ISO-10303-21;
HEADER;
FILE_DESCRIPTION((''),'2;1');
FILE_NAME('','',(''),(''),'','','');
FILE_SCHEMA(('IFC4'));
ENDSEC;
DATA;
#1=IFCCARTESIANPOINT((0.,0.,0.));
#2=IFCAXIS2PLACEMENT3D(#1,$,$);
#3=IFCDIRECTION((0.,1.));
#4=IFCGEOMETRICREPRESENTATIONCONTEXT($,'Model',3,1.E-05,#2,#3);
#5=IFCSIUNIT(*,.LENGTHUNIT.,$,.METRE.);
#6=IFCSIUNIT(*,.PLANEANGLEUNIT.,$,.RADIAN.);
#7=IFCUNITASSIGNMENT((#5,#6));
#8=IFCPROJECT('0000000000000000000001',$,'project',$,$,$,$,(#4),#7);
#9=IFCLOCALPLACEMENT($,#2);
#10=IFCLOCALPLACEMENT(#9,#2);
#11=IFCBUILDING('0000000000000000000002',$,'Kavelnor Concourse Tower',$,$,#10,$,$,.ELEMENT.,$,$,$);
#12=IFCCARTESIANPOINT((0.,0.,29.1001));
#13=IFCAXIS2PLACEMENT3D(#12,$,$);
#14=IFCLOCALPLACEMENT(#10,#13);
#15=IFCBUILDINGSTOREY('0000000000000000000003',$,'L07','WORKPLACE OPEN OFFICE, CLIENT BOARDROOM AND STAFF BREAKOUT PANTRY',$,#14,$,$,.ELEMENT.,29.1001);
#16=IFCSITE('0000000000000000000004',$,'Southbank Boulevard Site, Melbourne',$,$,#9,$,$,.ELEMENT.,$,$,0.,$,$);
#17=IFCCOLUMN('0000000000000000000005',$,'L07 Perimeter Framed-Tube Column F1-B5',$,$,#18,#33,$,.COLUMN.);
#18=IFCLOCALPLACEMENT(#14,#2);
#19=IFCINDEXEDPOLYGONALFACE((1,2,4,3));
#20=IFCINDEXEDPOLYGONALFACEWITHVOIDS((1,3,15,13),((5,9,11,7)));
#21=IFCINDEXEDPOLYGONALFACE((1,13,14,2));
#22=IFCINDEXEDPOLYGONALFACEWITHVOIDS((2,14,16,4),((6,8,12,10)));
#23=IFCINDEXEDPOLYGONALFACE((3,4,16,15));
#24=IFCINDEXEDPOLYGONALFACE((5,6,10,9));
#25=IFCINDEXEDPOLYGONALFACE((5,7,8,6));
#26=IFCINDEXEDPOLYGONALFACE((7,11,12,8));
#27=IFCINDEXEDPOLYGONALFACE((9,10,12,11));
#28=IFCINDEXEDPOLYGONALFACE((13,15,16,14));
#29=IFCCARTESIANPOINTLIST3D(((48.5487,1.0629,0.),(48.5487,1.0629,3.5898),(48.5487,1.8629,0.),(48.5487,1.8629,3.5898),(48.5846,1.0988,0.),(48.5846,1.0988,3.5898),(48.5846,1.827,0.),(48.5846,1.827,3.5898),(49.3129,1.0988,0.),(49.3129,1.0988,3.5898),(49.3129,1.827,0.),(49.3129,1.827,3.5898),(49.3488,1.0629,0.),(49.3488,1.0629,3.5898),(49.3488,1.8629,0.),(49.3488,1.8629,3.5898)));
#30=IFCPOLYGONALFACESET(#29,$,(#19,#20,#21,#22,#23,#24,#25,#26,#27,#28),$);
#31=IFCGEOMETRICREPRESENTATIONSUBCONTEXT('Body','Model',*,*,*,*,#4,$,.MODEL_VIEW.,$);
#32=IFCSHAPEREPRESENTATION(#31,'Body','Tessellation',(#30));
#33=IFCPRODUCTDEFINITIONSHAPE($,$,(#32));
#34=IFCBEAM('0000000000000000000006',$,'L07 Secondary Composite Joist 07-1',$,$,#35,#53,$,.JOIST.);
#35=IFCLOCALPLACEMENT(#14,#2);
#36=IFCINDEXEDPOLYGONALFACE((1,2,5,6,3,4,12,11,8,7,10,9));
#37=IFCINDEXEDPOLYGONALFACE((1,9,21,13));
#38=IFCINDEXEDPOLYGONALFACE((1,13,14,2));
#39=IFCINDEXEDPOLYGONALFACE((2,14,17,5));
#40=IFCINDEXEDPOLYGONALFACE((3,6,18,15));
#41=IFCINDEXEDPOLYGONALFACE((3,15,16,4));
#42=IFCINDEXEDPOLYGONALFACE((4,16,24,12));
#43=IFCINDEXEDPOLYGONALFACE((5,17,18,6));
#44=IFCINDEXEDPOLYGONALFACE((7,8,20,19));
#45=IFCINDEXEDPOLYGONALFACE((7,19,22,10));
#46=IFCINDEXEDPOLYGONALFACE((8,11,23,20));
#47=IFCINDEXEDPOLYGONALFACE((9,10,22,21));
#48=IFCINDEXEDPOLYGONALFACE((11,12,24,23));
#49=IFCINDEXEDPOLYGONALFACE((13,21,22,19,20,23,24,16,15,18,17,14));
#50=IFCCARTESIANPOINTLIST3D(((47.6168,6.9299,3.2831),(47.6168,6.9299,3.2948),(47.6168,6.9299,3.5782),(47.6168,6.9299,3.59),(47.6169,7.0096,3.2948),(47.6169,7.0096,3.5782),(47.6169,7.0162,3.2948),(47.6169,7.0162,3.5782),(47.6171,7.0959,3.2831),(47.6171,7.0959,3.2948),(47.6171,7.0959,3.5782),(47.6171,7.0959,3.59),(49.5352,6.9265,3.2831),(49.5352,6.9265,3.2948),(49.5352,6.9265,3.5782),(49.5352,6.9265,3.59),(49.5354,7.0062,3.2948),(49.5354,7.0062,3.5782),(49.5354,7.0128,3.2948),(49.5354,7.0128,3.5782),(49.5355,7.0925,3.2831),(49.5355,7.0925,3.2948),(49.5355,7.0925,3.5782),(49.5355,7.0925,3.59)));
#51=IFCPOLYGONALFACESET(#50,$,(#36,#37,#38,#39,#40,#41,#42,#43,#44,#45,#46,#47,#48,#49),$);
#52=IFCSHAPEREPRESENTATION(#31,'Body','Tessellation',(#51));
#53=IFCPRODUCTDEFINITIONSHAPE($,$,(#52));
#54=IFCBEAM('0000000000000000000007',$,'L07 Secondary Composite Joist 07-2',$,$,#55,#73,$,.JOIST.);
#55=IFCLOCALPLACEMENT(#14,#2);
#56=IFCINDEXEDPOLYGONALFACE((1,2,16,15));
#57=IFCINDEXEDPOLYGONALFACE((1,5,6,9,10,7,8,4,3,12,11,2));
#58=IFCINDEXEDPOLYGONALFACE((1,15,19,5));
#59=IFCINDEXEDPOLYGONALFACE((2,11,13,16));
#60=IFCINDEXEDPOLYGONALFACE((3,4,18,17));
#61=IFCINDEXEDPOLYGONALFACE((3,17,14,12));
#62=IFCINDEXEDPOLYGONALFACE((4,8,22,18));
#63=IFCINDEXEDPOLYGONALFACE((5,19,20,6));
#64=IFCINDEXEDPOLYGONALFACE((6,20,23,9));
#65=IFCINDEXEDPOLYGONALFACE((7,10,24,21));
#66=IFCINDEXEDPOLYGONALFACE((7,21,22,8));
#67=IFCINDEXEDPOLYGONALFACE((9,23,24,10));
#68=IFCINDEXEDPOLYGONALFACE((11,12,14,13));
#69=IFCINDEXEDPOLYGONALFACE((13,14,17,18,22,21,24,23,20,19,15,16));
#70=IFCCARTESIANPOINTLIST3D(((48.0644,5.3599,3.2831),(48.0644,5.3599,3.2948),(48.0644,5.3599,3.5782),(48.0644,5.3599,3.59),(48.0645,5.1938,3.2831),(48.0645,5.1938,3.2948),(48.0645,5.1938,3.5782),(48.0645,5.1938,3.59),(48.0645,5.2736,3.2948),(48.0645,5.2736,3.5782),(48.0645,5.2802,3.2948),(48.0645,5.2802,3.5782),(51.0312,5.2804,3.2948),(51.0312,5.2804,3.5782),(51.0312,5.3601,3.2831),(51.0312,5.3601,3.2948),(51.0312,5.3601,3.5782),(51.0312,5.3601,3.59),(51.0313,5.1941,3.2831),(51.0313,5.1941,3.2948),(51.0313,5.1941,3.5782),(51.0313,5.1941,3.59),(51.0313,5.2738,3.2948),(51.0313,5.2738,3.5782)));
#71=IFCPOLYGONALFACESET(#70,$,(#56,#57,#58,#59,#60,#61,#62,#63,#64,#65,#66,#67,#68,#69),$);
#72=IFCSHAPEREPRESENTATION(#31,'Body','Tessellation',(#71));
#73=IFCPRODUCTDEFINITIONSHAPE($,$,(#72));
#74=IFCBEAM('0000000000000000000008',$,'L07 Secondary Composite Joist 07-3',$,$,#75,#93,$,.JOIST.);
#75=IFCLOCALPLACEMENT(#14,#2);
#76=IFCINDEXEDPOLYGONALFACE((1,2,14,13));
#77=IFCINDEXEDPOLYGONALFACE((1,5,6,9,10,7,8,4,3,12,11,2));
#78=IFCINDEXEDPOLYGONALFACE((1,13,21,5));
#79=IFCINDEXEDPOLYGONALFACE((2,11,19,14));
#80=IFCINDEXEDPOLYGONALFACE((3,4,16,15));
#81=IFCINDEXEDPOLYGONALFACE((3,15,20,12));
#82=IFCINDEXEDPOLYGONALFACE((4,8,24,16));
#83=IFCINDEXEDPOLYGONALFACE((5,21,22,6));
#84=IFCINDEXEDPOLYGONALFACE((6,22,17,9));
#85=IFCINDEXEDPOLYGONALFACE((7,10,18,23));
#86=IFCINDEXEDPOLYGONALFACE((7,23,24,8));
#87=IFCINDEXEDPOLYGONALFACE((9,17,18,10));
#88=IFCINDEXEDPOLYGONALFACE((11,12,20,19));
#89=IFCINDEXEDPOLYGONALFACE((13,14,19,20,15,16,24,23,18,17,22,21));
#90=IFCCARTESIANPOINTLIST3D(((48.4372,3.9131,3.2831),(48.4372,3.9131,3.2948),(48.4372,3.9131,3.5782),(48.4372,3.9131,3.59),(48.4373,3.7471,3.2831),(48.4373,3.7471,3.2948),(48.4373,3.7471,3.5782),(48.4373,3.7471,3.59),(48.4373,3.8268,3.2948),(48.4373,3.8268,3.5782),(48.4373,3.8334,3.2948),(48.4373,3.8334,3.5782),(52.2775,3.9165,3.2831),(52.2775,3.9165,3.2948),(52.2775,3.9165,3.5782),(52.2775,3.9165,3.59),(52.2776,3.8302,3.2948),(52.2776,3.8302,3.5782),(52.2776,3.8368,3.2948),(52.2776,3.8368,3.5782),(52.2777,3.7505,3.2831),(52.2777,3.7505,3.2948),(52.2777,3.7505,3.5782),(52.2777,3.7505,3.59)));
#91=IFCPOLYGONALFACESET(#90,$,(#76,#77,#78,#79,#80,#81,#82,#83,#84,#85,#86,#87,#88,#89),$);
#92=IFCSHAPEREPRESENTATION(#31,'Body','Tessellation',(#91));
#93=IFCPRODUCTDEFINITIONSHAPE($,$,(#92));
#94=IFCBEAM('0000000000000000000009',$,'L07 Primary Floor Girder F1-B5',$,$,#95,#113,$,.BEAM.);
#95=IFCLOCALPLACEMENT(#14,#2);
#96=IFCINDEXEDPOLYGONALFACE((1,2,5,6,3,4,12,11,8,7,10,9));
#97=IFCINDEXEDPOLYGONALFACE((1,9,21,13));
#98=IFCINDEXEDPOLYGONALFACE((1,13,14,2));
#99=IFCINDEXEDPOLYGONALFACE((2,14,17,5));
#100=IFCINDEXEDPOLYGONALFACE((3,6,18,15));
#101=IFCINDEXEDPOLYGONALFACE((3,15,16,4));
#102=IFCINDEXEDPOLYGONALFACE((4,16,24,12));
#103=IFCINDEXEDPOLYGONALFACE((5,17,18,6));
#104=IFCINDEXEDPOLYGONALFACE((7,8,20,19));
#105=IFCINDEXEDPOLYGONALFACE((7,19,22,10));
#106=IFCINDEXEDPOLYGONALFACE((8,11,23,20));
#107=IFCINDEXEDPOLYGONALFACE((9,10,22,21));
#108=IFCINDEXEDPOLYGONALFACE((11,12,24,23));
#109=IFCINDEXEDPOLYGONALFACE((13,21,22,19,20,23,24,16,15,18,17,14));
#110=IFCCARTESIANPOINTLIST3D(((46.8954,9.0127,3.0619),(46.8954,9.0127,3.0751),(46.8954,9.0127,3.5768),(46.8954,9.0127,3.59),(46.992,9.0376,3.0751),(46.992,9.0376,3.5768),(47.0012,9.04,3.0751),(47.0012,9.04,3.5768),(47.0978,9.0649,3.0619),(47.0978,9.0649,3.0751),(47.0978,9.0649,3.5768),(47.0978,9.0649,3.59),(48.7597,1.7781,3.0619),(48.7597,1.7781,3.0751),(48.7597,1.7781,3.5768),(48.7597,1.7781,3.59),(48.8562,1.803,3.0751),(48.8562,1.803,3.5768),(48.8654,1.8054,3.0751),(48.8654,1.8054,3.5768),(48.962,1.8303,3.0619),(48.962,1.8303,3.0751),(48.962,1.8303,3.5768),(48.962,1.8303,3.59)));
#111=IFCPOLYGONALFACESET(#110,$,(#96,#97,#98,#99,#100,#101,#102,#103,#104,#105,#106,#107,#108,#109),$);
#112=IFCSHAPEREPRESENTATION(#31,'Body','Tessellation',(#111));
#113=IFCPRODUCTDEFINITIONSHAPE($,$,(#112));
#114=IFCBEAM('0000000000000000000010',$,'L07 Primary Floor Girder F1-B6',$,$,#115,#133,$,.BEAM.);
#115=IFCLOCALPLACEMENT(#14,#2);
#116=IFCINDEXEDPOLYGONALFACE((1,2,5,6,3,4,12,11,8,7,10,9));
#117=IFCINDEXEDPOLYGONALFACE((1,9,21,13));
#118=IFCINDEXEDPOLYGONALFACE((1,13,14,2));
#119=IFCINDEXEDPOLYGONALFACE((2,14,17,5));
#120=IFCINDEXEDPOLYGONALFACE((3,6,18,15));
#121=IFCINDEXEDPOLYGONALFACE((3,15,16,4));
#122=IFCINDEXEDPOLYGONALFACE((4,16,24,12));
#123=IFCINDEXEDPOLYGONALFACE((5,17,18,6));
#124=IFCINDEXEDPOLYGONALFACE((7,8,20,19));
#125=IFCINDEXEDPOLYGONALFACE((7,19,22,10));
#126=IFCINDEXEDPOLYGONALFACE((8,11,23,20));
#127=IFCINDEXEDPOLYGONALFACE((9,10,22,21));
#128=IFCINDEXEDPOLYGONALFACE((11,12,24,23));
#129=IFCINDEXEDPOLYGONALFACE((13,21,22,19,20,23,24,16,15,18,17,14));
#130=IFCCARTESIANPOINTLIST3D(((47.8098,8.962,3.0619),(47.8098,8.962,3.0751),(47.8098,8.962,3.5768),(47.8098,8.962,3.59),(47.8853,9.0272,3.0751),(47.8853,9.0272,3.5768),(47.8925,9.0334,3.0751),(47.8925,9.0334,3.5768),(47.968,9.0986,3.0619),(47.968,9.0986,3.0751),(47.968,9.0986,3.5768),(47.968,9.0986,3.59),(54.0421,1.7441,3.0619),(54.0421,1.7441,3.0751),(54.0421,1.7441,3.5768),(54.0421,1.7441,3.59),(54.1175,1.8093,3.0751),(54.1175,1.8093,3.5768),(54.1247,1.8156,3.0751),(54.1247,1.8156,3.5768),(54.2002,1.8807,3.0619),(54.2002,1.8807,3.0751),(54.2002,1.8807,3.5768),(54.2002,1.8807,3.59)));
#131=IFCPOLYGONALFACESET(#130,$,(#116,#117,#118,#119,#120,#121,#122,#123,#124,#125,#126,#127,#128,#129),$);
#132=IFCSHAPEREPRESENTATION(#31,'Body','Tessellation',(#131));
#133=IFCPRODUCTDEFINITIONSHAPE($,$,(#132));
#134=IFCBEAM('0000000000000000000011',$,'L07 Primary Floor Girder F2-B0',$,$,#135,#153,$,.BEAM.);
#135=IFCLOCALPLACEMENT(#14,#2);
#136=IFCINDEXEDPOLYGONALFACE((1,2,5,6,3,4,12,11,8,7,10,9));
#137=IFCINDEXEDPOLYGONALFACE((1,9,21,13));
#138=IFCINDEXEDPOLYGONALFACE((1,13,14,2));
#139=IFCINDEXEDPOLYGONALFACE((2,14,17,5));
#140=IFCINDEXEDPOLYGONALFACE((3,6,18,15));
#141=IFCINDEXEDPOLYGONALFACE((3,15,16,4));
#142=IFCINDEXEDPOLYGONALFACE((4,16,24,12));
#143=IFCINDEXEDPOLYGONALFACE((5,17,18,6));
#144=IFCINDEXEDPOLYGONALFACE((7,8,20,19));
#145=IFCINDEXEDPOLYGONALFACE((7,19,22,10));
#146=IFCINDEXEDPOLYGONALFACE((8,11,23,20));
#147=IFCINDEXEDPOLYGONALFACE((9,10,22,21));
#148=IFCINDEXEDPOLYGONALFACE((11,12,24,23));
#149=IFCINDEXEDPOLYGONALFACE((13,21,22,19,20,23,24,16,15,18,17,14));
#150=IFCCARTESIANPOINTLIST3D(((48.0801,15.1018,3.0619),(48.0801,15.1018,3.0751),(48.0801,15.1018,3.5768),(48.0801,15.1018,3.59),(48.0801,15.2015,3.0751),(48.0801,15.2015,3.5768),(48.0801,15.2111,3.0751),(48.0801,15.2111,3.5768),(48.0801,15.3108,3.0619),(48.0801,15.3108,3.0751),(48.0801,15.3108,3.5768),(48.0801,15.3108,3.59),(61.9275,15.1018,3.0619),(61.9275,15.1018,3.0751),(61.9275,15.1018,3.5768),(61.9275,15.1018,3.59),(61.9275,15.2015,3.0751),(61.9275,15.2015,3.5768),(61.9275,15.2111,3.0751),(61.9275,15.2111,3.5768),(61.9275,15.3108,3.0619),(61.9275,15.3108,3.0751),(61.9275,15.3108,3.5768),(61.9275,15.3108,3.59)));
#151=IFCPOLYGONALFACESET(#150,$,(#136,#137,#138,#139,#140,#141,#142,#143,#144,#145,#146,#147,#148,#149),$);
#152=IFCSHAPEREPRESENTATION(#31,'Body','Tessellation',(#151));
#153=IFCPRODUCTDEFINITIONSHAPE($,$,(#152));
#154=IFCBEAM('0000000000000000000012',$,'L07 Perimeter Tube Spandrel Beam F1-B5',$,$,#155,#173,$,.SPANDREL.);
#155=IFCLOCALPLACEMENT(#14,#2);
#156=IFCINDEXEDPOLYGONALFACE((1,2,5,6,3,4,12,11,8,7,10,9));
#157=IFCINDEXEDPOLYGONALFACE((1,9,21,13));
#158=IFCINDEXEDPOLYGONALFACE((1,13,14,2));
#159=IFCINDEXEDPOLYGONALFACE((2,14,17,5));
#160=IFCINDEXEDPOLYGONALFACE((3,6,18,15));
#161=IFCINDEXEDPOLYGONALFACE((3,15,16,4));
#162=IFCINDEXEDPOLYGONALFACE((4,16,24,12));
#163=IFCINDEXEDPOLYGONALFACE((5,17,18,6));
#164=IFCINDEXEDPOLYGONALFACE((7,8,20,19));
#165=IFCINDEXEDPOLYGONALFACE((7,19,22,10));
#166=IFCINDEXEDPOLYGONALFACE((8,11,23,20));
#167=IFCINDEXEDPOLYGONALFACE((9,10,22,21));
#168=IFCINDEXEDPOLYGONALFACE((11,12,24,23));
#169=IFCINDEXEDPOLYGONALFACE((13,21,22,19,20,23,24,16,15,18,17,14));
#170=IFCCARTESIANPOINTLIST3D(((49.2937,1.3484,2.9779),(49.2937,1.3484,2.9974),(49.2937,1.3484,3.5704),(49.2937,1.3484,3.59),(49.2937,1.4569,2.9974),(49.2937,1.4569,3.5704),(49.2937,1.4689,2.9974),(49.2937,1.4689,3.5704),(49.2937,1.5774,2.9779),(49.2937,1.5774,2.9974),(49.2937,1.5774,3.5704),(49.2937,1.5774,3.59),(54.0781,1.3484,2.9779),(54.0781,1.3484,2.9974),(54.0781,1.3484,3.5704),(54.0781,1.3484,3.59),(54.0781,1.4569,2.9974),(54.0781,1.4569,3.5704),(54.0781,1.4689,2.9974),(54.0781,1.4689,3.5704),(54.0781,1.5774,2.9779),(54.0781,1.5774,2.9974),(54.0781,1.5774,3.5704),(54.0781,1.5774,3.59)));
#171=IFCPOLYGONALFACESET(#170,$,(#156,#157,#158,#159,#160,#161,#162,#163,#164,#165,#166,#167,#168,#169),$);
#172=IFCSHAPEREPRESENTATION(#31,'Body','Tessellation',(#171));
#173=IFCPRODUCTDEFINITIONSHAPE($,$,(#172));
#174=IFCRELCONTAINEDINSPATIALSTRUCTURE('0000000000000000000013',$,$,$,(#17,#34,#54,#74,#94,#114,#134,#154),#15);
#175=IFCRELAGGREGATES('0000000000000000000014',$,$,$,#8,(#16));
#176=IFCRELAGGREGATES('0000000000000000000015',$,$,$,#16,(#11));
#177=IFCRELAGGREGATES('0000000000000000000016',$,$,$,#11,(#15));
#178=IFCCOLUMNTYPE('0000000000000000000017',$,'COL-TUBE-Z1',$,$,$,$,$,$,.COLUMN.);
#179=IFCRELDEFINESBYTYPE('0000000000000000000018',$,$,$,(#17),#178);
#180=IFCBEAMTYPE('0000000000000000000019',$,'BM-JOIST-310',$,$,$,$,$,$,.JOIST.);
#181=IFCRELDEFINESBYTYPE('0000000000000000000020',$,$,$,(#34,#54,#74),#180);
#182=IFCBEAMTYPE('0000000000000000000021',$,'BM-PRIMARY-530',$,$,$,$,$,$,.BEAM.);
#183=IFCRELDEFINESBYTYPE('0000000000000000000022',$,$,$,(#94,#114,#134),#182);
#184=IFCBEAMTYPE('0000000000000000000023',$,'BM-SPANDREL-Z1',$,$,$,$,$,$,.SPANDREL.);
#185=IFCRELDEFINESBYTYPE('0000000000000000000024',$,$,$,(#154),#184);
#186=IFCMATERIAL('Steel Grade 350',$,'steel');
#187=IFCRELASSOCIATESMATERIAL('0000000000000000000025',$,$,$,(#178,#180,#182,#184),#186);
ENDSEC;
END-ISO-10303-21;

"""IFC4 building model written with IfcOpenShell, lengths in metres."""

from ifc_helpers import new_model, si_unit, direction, frame, origin, origin_2d, place, context, subcontext, project, spatial, hollow_rectangle, i_section, extrude, material, material_profile, profile_set, type_object, element, save


model = new_model("IFC4")

# Units and contexts
model_context = context("Model", 3, precision=1e-05, world=origin(), true_north=direction((0.0, 1.0)))
body_context = subcontext(model_context, "Body", "Model", "MODEL_VIEW")
ifc_project = project(units=[si_unit("LENGTHUNIT", "METRE"), si_unit("PLANEANGLEUNIT", "RADIAN")], contexts=[model_context])

# Site, building, storey
site_placement = place(None, origin())
site = spatial("IfcSite", under=ifc_project, at=site_placement, Name="Southbank Boulevard Site, Melbourne", CompositionType="ELEMENT", RefElevation=0.0)
building_placement = place(site_placement, origin())
building = spatial("IfcBuilding", under=site, at=building_placement, Name="Kavelnor Concourse Tower", CompositionType="ELEMENT")
storey_placement = place(building_placement, frame((0.0, 0.0, 29.1001)))
storey = spatial("IfcBuildingStorey", under=building, at=storey_placement, Name="L07", Description="WORKPLACE OPEN OFFICE, CLIENT BOARDROOM AND STAFF BREAKOUT PANTRY", CompositionType="ELEMENT", Elevation=29.1001)

# Column
ifc_material_1 = material(Name="Steel Grade 350", Category="steel")
ifc_material_profile_1 = material_profile(ifc_material_1, hollow_rectangle(XDim=0.8, YDim=0.8, WallThickness=0.0359, at=origin_2d()), Name="SHS 800x800x36")
ifc_profile_set_1 = profile_set([ifc_material_profile_1], Name="Steel Grade 350")
column_type = type_object("IfcColumnType", Name="COL-TUBE-Z1", PredefinedType="COLUMN", material=ifc_profile_set_1)
column_placement = place(storey_placement, frame((48.9487, 1.4629, 0.0), z_axis=(0.0, 0.0, 1.0), x_axis=(1.0, 0.0, 0.0)))
element("IfcColumn", 1, at=column_placement, inside=storey, type_object=column_type, Name="L07 Perimeter Framed-Tube Column F1-B5", PredefinedType="COLUMN", context=body_context, shape_type="SweptSolid", body=[
    extrude(hollow_rectangle(XDim=0.8, YDim=0.8, WallThickness=0.0359, at=origin_2d()), origin(), (0.0, 0.0, 1.0), 3.5898),
])

# Beams
ifc_material_profile_2 = material_profile(ifc_material_1, i_section(OverallWidth=0.166, OverallDepth=0.3069, WebThickness=0.0066, FlangeThickness=0.0117, at=origin_2d()), Name="310UB46")
ifc_profile_set_2 = profile_set([ifc_material_profile_2], Name="Steel Grade 350")
beam_type_1 = type_object("IfcBeamType", Name="BM-JOIST-310", PredefinedType="JOIST", material=ifc_profile_set_2)
beam_1_placement = place(storey_placement, frame((47.6169, 7.0129, 3.4365), z_axis=(0.999998, -0.001782, 0.0), x_axis=(0.001782, 0.999998, 0.0)))
element("IfcBeam", 2, at=beam_1_placement, inside=storey, type_object=beam_type_1, Name="L07 Secondary Composite Joist 07-1", PredefinedType="JOIST", context=body_context, shape_type="SweptSolid", body=[
    extrude(i_section(OverallWidth=0.166, OverallDepth=0.3069, WebThickness=0.0066, FlangeThickness=0.0117, at=origin_2d()), origin(), (0.0, 0.0, 1.0), 1.9185),
])
beam_2_placement = place(storey_placement, frame((48.0645, 5.2769, 3.4365), z_axis=(1.0, 0.000082, 0.0), x_axis=(-0.000082, 1.0, 0.0)))
element("IfcBeam", 3, at=beam_2_placement, inside=storey, type_object=beam_type_1, Name="L07 Secondary Composite Joist 07-2", PredefinedType="JOIST", context=body_context, shape_type="SweptSolid", body=[
    extrude(i_section(OverallWidth=0.166, OverallDepth=0.3069, WebThickness=0.0066, FlangeThickness=0.0117, at=origin_2d()), origin(), (0.0, 0.0, 1.0), 2.9668),
])
beam_3_placement = place(storey_placement, frame((48.4373, 3.8301, 3.4365), z_axis=(1.0, 0.00089, 0.0), x_axis=(-0.00089, 1.0, 0.0)))
element("IfcBeam", 4, at=beam_3_placement, inside=storey, type_object=beam_type_1, Name="L07 Secondary Composite Joist 07-3", PredefinedType="JOIST", context=body_context, shape_type="SweptSolid", body=[
    extrude(i_section(OverallWidth=0.166, OverallDepth=0.3069, WebThickness=0.0066, FlangeThickness=0.0117, at=origin_2d()), origin(), (0.0, 0.0, 1.0), 3.8403),
])
ifc_material_profile_3 = material_profile(ifc_material_1, i_section(OverallWidth=0.209, OverallDepth=0.5281, WebThickness=0.0095, FlangeThickness=0.0132, at=origin_2d()), Name="530UB82")
ifc_profile_set_3 = profile_set([ifc_material_profile_3], Name="Steel Grade 350")
beam_type_2 = type_object("IfcBeamType", Name="BM-PRIMARY-530", PredefinedType="BEAM", material=ifc_profile_set_3)
beam_4_placement = place(storey_placement, frame((46.9966, 9.0388, 3.3259), z_axis=(0.249534, -0.968366, 0.0), x_axis=(0.968366, 0.249534, 0.0)))
element("IfcBeam", 5, at=beam_4_placement, inside=storey, type_object=beam_type_2, Name="L07 Primary Floor Girder F1-B5", PredefinedType="BEAM", context=body_context, shape_type="SweptSolid", body=[
    extrude(i_section(OverallWidth=0.209, OverallDepth=0.5281, WebThickness=0.0095, FlangeThickness=0.0132, at=origin_2d()), origin(), (0.0, 0.0, 1.0), 7.4709),
])
beam_5_placement = place(storey_placement, frame((47.8889, 9.0303, 3.3259), z_axis=(0.653539, -0.756893, 0.0), x_axis=(0.756893, 0.653539, 0.0)))
element("IfcBeam", 6, at=beam_5_placement, inside=storey, type_object=beam_type_2, Name="L07 Primary Floor Girder F1-B6", PredefinedType="BEAM", context=body_context, shape_type="SweptSolid", body=[
    extrude(i_section(OverallWidth=0.209, OverallDepth=0.5281, WebThickness=0.0095, FlangeThickness=0.0132, at=origin_2d()), origin(), (0.0, 0.0, 1.0), 9.5361),
])
beam_6_placement = place(storey_placement, frame((48.0801, 15.2063, 3.3259), z_axis=(1.0, 0.0, 0.0), x_axis=(0.0, 1.0, 0.0)))
element("IfcBeam", 7, at=beam_6_placement, inside=storey, type_object=beam_type_2, Name="L07 Primary Floor Girder F2-B0", PredefinedType="BEAM", context=body_context, shape_type="SweptSolid", body=[
    extrude(i_section(OverallWidth=0.209, OverallDepth=0.5281, WebThickness=0.0095, FlangeThickness=0.0132, at=origin_2d()), origin(), (0.0, 0.0, 1.0), 13.8474),
])
ifc_material_profile_4 = material_profile(ifc_material_1, i_section(OverallWidth=0.229, OverallDepth=0.6121, WebThickness=0.012, FlangeThickness=0.0195, at=origin_2d()), Name="610UB125")
ifc_profile_set_4 = profile_set([ifc_material_profile_4], Name="Steel Grade 350")
beam_type_3 = type_object("IfcBeamType", Name="BM-SPANDREL-Z1", PredefinedType="SPANDREL", material=ifc_profile_set_4)
beam_7_placement = place(storey_placement, frame((49.2937, 1.4629, 3.2839), z_axis=(1.0, 0.0, 0.0), x_axis=(0.0, 1.0, 0.0)))
element("IfcBeam", 8, at=beam_7_placement, inside=storey, type_object=beam_type_3, Name="L07 Perimeter Tube Spandrel Beam F1-B5", PredefinedType="SPANDREL", context=body_context, shape_type="SweptSolid", body=[
    extrude(i_section(OverallWidth=0.229, OverallDepth=0.6121, WebThickness=0.012, FlangeThickness=0.0195, at=origin_2d()), origin(), (0.0, 0.0, 1.0), 4.7844),
])

save(model, "model.ifc")
